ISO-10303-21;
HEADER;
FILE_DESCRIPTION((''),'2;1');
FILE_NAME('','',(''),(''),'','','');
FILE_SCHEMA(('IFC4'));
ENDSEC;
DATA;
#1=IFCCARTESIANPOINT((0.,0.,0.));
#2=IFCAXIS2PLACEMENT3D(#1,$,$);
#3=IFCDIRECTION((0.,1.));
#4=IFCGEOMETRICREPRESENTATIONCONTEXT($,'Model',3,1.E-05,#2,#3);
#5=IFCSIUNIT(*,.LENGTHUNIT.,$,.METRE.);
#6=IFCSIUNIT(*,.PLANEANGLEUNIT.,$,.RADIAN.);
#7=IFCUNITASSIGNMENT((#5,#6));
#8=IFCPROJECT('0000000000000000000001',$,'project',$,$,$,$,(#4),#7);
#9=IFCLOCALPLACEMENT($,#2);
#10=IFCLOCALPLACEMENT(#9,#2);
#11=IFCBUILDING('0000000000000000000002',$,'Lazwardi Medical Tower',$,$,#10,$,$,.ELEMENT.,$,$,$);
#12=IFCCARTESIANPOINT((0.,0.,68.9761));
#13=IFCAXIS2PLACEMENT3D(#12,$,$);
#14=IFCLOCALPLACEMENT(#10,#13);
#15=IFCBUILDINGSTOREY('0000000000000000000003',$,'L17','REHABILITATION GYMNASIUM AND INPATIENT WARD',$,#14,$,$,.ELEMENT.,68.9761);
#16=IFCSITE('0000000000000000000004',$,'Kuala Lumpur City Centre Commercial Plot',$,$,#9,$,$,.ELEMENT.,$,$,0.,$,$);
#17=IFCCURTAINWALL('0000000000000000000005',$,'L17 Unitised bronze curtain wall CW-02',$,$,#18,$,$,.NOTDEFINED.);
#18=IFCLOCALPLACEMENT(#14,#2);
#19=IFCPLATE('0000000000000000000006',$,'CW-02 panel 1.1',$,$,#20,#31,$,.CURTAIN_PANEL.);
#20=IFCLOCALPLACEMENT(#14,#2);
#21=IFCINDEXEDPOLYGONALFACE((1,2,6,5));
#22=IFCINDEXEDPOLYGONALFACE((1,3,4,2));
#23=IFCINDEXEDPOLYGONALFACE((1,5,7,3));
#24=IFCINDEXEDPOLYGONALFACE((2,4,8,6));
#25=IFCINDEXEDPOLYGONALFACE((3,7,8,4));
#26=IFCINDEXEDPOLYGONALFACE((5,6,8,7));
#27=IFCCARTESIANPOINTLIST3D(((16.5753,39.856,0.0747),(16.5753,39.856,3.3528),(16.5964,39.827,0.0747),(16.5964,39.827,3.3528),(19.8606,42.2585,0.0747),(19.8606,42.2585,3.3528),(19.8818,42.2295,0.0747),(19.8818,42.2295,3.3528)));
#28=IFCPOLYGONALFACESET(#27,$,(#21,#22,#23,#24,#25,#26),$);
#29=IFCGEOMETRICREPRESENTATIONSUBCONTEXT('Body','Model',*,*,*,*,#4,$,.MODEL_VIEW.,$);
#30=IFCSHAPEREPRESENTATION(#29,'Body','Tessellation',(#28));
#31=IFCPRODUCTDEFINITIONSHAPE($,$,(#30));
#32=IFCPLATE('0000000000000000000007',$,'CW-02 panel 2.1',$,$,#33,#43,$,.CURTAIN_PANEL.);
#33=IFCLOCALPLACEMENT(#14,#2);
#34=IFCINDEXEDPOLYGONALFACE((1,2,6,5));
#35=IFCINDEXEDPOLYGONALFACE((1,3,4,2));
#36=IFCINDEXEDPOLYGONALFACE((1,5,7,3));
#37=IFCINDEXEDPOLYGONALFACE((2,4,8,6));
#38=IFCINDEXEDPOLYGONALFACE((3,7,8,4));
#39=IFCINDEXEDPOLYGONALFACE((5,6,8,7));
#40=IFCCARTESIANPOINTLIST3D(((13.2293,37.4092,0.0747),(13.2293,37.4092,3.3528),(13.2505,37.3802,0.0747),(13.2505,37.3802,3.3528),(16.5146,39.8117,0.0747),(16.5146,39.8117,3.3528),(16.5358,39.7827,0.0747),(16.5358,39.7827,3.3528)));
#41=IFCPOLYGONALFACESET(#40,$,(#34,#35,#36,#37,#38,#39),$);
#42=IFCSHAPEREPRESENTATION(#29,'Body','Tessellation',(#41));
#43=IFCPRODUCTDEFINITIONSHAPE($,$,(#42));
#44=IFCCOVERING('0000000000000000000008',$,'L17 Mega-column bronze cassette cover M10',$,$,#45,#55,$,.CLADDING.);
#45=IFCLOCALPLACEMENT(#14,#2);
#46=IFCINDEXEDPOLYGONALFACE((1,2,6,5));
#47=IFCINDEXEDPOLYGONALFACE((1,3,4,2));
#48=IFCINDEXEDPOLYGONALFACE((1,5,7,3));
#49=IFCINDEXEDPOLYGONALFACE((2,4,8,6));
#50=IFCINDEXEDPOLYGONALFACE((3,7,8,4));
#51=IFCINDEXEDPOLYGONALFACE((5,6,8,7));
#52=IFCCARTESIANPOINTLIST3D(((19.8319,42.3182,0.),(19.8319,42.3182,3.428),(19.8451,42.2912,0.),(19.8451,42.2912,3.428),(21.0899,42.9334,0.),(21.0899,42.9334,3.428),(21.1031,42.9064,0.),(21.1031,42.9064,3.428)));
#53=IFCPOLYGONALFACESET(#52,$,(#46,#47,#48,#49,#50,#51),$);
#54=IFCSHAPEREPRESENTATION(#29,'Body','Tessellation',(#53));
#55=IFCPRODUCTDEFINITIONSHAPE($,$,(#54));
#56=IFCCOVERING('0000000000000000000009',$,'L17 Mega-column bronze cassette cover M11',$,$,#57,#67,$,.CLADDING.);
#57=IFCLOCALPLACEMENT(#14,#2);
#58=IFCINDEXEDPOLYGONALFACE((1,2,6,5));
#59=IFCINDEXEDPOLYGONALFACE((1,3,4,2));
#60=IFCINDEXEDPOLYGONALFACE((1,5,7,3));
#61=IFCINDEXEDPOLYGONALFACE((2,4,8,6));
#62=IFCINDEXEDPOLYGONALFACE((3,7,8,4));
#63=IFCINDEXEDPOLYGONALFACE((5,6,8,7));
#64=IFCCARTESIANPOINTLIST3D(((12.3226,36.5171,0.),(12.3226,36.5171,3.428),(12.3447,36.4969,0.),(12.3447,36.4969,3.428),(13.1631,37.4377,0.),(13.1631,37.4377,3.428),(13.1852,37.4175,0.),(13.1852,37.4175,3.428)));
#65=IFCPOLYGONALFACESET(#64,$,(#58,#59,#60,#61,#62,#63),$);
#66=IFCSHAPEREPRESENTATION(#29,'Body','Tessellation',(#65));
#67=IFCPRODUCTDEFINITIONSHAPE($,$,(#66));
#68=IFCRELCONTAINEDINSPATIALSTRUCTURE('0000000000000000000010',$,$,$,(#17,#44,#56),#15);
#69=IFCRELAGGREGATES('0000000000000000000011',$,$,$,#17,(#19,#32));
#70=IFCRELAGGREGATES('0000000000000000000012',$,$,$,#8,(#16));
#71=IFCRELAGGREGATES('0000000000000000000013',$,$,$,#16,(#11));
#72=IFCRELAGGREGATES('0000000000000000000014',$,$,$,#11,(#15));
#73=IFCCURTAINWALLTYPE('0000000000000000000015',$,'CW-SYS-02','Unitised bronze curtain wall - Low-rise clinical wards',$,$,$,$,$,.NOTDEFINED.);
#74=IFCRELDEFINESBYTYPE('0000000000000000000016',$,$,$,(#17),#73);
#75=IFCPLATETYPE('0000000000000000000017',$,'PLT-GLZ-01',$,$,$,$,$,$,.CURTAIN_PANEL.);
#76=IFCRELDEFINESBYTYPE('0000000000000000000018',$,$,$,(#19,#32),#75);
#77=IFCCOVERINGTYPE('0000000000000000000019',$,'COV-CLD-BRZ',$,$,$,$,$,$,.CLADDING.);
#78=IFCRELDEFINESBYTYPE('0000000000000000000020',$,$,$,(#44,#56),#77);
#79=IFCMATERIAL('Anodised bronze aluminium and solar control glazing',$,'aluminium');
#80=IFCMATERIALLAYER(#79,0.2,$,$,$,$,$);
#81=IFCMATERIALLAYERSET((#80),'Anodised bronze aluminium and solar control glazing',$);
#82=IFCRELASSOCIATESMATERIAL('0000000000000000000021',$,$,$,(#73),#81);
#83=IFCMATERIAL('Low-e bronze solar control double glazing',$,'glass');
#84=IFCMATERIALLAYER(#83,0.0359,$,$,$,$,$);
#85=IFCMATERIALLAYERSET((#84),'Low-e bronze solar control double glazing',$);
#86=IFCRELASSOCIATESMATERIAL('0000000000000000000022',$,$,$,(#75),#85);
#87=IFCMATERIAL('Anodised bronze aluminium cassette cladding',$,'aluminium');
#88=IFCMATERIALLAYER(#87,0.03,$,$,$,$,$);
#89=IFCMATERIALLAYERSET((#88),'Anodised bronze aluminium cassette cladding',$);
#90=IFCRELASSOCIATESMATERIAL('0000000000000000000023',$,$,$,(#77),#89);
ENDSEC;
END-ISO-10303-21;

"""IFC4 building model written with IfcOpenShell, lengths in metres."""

from ifc_helpers import new_model, si_unit, direction, frame, origin, origin_2d, place, context, subcontext, project, spatial, rectangle, extrude, material, layer, layer_set, type_object, element, aggregate, save


model = new_model("IFC4")

# Units and contexts
model_context = context("Model", 3, precision=1e-05, world=origin(), true_north=direction((0.0, 1.0)))
body_context = subcontext(model_context, "Body", "Model", "MODEL_VIEW")
ifc_project = project(units=[si_unit("LENGTHUNIT", "METRE"), si_unit("PLANEANGLEUNIT", "RADIAN")], contexts=[model_context])

# Site, building, storey
site_placement = place(None, origin())
site = spatial("IfcSite", under=ifc_project, at=site_placement, Name="Kuala Lumpur City Centre Commercial Plot", CompositionType="ELEMENT", RefElevation=0.0)
building_placement = place(site_placement, origin())
building = spatial("IfcBuilding", under=site, at=building_placement, Name="Lazwardi Medical Tower", CompositionType="ELEMENT")
storey_placement = place(building_placement, frame((0.0, 0.0, 68.9761)))
storey = spatial("IfcBuildingStorey", under=building, at=storey_placement, Name="L17", Description="REHABILITATION GYMNASIUM AND INPATIENT WARD", CompositionType="ELEMENT", Elevation=68.9761)

# Shared definitions
ifc_material_1 = material(Name="Anodised bronze aluminium and solar control glazing", Category="aluminium")
ifc_layer_1 = layer(ifc_material_1, 0.2)
ifc_layer_set_1 = layer_set([ifc_layer_1], Name="Anodised bronze aluminium and solar control glazing")
curtain_wall_type = type_object("IfcCurtainWallType", Name="CW-SYS-02", Description="Unitised bronze curtain wall - Low-rise clinical wards", PredefinedType="NOTDEFINED", material=ifc_layer_set_1)

# Curtain wall
curtain_wall_1_placement = place(storey_placement, origin())
curtain_wall_1 = element("IfcCurtainWall", 1, at=curtain_wall_1_placement, inside=storey, type_object=curtain_wall_type, Name="L17 Unitised bronze curtain wall CW-02", PredefinedType="NOTDEFINED")

# Plates
ifc_material_2 = material(Name="Low-e bronze solar control double glazing", Category="glass")
ifc_layer_2 = layer(ifc_material_2, 0.0359)
ifc_layer_set_2 = layer_set([ifc_layer_2], Name="Low-e bronze solar control double glazing")
plate_type = type_object("IfcPlateType", Name="PLT-GLZ-01", PredefinedType="CURTAIN_PANEL", material=ifc_layer_set_2)
plate_1_placement = place(storey_placement, frame((18.2285, 41.0427, 0.0747), z_axis=(0.0, 0.0, 1.0), x_axis=(-0.807192, -0.590289, 0.0)))
plate_1 = element("IfcPlate", 2, at=plate_1_placement, type_object=plate_type, Name="CW-02 panel 1.1", PredefinedType="CURTAIN_PANEL", context=body_context, shape_type="SweptSolid", body=[
    extrude(rectangle(XDim=4.0701, YDim=0.0359, at=origin_2d()), origin(), (0.0, 0.0, 1.0), 3.2781),
])
plate_2_placement = place(storey_placement, frame((14.8826, 38.5959, 0.0747), z_axis=(0.0, 0.0, 1.0), x_axis=(-0.807192, -0.590289, 0.0)))
plate_2 = element("IfcPlate", 3, at=plate_2_placement, type_object=plate_type, Name="CW-02 panel 2.1", PredefinedType="CURTAIN_PANEL", context=body_context, shape_type="SweptSolid", body=[
    extrude(rectangle(XDim=4.0701, YDim=0.0359, at=origin_2d()), origin(), (0.0, 0.0, 1.0), 3.2781),
])
aggregate(curtain_wall_1, [plate_1, plate_2])

# Coverings
ifc_material_3 = material(Name="Anodised bronze aluminium cassette cladding", Category="aluminium")
ifc_layer_3 = layer(ifc_material_3, 0.03)
ifc_layer_set_3 = layer_set([ifc_layer_3], Name="Anodised bronze aluminium cassette cladding")
covering_type = type_object("IfcCoveringType", Name="COV-CLD-BRZ", PredefinedType="CLADDING", material=ifc_layer_set_3)
covering_1_placement = place(storey_placement, frame((20.4675, 42.6123, 0.0), z_axis=(0.0, 0.0, 1.0), x_axis=(-0.898334, -0.439312, 0.0)))
element("IfcCovering", 4, at=covering_1_placement, inside=storey, type_object=covering_type, Name="L17 Mega-column bronze cassette cover M10", PredefinedType="CLADDING", context=body_context, shape_type="SweptSolid", body=[
    extrude(rectangle(XDim=1.4004, YDim=0.03, at=origin_2d()), origin(), (0.0, 0.0, 1.0), 3.428),
])
covering_2_placement = place(storey_placement, frame((12.7539, 36.9673, 0.0), z_axis=(0.0, 0.0, 1.0), x_axis=(-0.674252, -0.738501, 0.0)))
element("IfcCovering", 5, at=covering_2_placement, inside=storey, type_object=covering_type, Name="L17 Mega-column bronze cassette cover M11", PredefinedType="CLADDING", context=body_context, shape_type="SweptSolid", body=[
    extrude(rectangle(XDim=1.2466, YDim=0.03, at=origin_2d()), origin(), (0.0, 0.0, 1.0), 3.428),
])

save(model, "model.ifc")
